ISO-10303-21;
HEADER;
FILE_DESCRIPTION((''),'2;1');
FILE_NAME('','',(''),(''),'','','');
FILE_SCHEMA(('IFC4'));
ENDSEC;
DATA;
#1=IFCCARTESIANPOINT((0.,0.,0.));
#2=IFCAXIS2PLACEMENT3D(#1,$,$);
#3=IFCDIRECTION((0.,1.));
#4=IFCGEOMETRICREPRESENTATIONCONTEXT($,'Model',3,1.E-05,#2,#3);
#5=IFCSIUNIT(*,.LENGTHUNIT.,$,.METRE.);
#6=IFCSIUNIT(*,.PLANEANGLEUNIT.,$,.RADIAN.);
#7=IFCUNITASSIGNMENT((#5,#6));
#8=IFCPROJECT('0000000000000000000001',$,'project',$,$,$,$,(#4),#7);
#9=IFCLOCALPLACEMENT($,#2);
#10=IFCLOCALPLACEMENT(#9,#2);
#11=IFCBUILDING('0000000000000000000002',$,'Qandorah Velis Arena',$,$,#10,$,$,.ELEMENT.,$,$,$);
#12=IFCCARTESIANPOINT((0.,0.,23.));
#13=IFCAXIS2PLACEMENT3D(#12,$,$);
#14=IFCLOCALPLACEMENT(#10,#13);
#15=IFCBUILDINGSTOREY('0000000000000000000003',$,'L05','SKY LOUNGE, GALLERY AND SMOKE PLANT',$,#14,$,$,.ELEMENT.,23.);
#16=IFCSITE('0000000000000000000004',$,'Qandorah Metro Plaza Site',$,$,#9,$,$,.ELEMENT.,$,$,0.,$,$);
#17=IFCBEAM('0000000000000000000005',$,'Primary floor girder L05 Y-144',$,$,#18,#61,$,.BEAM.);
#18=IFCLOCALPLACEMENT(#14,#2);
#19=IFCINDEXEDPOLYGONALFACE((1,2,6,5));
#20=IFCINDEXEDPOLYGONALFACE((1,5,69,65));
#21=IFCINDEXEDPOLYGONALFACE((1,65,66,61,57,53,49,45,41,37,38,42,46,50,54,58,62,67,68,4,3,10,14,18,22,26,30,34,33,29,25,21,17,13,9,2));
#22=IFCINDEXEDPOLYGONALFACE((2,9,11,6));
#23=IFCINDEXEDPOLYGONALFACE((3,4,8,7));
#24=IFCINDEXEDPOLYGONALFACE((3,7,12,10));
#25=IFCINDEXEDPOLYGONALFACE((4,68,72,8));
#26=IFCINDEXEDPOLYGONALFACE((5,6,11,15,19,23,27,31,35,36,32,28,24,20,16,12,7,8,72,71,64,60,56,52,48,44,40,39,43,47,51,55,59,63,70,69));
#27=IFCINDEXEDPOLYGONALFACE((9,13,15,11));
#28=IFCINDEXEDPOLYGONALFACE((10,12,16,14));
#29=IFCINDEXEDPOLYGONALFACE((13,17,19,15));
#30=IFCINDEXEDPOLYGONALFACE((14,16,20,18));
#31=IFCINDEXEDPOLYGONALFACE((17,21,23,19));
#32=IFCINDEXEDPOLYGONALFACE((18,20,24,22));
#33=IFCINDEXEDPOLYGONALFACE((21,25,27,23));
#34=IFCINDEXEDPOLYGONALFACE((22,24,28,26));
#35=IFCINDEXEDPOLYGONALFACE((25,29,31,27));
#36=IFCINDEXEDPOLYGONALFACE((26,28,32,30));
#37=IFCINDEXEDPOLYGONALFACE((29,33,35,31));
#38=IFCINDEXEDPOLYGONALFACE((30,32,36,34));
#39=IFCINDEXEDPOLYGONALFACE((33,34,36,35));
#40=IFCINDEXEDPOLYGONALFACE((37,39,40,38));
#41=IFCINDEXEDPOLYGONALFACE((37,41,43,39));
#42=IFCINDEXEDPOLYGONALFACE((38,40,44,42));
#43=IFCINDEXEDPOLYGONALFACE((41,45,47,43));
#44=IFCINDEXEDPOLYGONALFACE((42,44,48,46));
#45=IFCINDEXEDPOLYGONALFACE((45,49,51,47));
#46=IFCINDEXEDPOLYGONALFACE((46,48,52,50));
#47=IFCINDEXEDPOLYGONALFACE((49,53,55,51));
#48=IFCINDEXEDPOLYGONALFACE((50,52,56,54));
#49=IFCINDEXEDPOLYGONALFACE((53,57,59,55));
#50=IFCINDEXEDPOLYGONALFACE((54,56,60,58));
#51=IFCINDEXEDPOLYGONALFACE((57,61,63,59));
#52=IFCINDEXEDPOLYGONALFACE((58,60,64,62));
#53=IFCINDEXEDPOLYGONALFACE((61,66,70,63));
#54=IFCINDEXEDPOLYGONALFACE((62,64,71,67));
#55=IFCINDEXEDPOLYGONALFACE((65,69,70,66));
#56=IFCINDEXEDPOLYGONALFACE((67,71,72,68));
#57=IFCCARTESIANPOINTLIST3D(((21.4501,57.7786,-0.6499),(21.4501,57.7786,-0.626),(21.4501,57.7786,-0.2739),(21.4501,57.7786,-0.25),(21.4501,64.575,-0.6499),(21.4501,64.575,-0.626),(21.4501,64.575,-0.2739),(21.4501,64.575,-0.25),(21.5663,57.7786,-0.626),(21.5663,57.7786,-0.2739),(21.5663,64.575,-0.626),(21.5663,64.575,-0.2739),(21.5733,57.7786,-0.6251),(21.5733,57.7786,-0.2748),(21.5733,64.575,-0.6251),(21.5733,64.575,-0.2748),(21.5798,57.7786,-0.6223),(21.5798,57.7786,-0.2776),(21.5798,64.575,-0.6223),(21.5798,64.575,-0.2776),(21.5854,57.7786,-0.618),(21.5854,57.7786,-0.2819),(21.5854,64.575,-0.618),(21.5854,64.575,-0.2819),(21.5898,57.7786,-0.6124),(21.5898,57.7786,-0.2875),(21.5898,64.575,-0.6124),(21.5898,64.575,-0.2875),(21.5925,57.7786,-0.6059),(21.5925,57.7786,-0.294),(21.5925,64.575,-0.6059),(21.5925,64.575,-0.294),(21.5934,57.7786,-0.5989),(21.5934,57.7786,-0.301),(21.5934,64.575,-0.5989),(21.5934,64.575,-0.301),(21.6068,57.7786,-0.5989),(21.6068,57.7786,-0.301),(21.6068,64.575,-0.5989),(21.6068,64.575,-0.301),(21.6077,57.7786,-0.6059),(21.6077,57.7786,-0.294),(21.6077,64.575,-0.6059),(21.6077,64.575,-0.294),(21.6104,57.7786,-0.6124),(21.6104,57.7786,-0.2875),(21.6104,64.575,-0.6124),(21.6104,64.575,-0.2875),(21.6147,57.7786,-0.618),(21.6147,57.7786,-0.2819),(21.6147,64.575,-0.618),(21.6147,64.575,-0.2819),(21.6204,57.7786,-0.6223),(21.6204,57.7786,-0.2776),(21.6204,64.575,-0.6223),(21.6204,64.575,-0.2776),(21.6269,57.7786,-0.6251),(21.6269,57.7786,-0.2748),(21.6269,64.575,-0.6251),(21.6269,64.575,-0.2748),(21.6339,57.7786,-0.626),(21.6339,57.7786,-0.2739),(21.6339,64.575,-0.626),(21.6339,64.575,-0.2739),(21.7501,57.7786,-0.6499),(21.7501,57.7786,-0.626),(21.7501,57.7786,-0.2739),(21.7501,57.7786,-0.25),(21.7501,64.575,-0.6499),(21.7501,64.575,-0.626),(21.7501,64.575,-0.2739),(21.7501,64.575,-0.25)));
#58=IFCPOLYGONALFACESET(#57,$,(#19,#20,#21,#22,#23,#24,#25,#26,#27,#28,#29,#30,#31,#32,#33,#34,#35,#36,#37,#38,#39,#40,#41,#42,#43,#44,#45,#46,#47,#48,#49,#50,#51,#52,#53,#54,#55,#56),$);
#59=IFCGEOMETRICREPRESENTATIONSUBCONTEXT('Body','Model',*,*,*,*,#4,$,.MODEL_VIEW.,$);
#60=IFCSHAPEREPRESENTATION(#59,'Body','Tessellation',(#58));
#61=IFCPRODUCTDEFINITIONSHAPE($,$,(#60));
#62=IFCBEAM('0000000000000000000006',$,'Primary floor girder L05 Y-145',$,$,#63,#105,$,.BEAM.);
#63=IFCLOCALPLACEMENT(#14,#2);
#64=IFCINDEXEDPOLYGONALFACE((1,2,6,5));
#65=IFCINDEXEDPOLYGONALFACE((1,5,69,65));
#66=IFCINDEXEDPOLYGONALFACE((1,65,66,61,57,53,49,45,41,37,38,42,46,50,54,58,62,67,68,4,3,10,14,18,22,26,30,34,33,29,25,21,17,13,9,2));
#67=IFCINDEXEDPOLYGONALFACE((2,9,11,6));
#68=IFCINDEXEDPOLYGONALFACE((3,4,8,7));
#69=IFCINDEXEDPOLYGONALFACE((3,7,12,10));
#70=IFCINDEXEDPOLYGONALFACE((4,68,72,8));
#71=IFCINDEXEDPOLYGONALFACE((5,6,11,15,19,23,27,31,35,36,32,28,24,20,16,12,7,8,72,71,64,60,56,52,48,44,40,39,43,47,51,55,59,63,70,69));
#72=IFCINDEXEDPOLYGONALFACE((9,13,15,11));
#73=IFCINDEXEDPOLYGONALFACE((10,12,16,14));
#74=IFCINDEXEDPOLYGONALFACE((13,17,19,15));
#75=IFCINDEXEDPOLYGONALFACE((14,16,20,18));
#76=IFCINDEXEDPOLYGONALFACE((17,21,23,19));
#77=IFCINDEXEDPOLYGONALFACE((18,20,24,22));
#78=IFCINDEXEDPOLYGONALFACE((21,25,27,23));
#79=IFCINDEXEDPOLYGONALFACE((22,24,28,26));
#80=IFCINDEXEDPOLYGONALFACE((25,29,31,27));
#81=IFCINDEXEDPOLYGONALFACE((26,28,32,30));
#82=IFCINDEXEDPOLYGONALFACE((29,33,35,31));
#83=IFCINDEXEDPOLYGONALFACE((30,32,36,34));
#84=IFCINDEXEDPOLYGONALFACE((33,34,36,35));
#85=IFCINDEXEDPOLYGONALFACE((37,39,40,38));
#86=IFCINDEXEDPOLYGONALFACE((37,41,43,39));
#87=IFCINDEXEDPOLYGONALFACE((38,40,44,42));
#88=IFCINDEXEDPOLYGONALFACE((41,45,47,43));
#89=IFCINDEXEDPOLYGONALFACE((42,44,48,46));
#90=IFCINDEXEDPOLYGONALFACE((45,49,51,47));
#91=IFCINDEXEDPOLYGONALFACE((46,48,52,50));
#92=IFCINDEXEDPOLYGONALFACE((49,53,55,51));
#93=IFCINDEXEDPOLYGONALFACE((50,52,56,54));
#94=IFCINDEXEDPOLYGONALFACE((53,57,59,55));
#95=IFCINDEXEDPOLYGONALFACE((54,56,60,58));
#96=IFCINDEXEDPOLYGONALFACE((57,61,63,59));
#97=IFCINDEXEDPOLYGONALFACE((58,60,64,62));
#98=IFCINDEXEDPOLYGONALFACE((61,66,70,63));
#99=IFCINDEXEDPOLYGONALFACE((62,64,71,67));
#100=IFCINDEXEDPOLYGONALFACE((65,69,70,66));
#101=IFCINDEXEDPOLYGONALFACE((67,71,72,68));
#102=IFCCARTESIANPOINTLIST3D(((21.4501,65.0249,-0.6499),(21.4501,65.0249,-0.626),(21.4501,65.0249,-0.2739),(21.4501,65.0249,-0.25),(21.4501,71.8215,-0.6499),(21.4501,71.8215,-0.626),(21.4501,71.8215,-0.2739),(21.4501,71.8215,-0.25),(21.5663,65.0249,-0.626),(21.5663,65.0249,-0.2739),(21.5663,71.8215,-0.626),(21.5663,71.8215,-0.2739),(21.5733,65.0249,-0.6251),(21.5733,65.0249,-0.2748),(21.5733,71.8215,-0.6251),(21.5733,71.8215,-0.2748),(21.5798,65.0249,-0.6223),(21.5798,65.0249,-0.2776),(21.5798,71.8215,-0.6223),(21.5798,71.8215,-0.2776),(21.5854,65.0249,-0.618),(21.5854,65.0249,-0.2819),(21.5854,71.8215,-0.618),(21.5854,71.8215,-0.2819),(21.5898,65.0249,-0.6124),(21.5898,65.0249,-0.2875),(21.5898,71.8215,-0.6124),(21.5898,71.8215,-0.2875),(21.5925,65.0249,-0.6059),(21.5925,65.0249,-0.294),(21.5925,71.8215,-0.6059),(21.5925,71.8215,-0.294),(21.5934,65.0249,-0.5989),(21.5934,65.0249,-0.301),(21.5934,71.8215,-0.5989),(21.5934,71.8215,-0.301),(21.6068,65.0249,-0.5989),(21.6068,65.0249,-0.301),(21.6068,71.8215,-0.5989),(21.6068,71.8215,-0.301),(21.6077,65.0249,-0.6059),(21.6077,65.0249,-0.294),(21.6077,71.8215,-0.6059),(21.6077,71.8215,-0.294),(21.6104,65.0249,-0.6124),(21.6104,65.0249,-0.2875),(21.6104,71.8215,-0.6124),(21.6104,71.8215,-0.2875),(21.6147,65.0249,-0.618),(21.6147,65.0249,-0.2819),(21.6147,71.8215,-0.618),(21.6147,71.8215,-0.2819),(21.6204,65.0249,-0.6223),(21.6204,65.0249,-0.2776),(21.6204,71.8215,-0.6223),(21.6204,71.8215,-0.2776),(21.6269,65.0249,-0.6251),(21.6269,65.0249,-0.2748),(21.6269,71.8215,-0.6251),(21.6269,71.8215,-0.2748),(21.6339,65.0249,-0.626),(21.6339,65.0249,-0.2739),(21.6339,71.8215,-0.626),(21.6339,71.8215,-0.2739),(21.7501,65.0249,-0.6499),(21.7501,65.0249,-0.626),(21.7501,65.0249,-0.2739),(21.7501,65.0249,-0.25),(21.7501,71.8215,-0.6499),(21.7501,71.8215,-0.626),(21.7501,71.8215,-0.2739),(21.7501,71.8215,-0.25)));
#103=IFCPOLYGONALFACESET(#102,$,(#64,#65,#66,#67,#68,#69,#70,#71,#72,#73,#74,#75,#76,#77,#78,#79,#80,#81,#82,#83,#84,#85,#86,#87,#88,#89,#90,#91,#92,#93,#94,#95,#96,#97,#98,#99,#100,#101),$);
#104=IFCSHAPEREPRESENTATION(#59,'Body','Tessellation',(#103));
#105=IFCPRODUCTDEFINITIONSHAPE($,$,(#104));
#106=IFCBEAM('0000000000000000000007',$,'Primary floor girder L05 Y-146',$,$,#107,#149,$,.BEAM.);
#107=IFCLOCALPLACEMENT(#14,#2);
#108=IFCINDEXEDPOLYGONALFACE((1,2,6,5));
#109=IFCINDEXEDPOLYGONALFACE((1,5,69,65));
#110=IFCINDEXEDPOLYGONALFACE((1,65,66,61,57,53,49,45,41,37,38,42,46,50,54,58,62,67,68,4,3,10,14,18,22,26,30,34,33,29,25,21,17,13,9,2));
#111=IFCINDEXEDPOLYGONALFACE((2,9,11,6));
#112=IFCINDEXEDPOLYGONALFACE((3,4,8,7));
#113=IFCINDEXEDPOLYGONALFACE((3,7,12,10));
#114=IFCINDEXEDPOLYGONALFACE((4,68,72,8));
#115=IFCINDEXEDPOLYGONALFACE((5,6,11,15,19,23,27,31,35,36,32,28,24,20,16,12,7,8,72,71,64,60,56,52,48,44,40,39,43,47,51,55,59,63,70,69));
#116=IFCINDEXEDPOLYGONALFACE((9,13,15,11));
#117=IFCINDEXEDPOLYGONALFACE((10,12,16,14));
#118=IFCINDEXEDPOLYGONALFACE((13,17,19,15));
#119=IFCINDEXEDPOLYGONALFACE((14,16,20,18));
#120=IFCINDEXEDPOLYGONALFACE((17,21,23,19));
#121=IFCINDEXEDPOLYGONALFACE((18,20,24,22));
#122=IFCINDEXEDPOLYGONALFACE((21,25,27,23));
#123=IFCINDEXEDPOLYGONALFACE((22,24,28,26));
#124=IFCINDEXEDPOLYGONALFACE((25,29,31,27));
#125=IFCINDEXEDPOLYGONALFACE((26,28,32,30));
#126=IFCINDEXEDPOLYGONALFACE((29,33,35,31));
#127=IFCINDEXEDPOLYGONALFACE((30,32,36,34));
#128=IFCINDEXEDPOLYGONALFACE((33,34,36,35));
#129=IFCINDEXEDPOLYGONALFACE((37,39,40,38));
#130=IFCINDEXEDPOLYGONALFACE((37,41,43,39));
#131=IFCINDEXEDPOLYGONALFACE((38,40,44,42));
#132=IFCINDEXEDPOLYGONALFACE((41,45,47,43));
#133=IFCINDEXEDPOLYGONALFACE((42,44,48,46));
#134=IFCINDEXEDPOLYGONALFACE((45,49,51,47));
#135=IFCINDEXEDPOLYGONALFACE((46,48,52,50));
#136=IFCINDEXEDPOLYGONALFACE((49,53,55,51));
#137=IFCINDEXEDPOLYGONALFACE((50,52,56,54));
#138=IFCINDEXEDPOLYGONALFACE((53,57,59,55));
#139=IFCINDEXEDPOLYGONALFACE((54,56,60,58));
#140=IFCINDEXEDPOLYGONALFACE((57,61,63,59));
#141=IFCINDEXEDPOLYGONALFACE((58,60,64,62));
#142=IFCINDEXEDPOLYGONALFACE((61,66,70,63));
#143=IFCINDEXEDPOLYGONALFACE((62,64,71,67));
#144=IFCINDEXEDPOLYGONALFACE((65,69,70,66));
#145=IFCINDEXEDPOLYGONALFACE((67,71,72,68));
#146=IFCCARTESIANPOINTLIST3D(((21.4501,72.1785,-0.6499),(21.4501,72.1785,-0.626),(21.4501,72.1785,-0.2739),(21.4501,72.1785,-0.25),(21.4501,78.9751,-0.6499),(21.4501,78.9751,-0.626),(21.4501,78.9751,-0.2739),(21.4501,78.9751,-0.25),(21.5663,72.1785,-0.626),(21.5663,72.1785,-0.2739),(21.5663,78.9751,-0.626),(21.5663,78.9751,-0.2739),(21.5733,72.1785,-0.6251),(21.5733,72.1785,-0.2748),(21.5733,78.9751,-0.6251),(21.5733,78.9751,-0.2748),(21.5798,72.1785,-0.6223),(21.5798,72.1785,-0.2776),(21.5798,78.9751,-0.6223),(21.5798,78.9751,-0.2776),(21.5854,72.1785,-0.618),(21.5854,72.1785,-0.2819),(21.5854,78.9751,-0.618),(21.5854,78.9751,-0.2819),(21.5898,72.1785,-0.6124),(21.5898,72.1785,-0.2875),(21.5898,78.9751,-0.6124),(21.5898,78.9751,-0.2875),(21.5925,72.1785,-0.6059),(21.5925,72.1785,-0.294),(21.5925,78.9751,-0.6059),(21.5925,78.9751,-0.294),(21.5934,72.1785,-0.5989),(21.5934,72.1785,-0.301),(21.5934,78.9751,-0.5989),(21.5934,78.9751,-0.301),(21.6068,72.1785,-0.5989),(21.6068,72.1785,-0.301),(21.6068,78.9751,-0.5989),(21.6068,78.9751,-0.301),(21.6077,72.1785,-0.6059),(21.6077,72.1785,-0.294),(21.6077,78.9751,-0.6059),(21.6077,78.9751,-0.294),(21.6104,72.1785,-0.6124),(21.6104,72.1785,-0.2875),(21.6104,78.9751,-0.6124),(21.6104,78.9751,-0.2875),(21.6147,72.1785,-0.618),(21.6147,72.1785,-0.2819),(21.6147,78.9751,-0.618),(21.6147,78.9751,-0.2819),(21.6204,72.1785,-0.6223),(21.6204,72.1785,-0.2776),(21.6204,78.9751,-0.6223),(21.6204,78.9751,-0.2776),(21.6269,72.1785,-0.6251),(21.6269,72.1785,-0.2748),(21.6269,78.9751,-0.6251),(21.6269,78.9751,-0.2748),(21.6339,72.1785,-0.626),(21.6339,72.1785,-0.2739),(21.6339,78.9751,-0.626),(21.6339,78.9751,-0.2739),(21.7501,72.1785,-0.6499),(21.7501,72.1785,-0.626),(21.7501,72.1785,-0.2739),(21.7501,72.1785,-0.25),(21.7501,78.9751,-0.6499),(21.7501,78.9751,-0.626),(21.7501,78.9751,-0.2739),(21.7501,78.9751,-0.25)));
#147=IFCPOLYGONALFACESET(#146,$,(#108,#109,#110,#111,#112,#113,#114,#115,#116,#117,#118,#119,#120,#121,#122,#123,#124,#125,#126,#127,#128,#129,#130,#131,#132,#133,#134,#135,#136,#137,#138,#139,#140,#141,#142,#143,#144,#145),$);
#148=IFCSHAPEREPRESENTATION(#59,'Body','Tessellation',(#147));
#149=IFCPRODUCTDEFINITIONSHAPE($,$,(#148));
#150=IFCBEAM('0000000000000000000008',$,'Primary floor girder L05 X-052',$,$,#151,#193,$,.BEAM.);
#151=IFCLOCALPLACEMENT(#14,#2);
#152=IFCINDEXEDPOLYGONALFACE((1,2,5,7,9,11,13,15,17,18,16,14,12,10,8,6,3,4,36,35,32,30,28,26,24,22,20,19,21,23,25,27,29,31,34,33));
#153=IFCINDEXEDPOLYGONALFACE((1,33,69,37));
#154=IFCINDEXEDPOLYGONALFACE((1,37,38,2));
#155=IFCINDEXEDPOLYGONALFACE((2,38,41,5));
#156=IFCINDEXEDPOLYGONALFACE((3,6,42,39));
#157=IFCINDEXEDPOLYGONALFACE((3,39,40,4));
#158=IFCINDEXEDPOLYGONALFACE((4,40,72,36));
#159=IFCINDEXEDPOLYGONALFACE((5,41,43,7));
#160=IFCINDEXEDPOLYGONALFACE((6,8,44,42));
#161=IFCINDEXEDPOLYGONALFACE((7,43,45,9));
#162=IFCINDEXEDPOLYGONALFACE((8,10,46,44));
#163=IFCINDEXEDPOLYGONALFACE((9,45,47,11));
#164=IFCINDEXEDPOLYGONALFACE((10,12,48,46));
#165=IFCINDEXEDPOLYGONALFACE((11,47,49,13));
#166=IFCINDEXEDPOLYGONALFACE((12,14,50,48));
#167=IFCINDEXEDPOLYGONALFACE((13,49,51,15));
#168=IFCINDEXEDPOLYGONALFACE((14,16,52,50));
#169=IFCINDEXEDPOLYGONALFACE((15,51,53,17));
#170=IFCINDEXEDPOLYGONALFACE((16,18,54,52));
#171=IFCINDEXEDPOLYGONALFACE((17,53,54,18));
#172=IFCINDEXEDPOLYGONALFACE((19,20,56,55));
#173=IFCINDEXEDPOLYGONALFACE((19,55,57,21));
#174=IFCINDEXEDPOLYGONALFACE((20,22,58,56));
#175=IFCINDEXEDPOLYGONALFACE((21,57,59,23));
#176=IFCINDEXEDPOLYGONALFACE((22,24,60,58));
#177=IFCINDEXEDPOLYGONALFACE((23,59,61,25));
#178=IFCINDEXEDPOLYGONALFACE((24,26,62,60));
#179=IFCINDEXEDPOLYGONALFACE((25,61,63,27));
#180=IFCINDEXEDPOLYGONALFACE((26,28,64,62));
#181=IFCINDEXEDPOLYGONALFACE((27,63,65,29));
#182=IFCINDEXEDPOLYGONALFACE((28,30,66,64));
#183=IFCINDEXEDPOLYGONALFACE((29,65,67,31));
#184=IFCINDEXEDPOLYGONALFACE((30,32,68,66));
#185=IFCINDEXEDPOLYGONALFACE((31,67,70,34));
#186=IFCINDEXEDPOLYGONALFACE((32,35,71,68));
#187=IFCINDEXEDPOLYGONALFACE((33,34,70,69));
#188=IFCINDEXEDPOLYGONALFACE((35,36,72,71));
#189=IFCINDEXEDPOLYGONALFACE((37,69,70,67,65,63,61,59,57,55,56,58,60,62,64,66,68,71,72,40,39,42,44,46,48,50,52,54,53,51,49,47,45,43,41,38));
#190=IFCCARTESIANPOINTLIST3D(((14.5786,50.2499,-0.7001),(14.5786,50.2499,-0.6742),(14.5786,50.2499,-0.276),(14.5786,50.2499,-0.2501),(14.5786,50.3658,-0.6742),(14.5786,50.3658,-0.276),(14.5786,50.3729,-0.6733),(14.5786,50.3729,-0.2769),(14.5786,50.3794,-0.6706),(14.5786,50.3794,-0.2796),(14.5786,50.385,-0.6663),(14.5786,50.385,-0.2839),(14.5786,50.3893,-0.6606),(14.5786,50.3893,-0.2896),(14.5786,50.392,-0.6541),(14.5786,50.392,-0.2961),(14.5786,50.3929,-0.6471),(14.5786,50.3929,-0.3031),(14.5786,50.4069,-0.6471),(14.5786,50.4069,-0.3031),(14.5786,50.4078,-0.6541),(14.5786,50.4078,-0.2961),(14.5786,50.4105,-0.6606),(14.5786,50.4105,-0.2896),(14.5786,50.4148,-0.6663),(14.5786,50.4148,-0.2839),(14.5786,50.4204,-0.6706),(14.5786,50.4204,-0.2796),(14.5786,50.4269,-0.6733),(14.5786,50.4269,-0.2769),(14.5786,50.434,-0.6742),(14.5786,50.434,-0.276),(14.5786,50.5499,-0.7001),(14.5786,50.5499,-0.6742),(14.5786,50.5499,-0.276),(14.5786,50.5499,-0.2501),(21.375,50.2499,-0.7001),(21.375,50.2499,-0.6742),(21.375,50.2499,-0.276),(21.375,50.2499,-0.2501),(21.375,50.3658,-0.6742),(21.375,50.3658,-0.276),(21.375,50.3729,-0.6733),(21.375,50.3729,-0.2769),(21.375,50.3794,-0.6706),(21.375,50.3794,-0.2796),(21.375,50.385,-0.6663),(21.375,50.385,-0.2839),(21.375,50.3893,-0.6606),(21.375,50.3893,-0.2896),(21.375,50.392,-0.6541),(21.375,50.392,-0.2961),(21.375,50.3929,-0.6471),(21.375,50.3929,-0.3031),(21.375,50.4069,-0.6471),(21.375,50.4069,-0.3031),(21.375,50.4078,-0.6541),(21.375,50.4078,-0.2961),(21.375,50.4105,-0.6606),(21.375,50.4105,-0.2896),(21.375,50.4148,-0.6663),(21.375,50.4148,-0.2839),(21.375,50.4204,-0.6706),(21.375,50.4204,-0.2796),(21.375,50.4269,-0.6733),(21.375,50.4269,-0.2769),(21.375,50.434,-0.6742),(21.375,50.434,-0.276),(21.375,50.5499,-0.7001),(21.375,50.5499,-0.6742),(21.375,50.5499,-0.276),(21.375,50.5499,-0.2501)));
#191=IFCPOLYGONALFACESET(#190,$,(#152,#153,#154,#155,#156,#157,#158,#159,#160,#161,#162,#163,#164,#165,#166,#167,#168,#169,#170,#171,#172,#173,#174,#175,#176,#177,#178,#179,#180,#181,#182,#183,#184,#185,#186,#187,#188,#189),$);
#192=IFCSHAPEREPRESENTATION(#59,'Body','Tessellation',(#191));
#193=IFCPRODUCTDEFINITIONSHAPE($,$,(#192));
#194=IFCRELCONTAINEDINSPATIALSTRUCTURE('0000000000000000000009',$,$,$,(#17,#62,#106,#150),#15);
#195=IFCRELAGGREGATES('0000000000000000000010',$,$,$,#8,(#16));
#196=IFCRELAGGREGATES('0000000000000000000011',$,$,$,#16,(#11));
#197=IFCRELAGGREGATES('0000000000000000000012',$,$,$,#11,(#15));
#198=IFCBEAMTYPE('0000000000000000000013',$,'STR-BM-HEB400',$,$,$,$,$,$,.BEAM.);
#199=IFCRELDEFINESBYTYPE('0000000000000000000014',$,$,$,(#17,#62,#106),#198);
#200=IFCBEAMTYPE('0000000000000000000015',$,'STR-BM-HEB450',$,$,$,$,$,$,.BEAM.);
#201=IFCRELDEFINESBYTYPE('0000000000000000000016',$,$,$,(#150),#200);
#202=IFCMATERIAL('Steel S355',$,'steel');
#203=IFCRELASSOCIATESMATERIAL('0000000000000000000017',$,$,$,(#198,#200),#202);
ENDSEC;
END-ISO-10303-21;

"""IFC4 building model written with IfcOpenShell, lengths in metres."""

from ifc_helpers import new_model, si_unit, direction, frame, origin, origin_2d, place, context, subcontext, project, spatial, i_section, extrude, material, material_profile, profile_set, type_object, element, save


model = new_model("IFC4")

# Units and contexts
model_context = context("Model", 3, precision=1e-05, world=origin(), true_north=direction((0.0, 1.0)))
body_context = subcontext(model_context, "Body", "Model", "MODEL_VIEW")
ifc_project = project(units=[si_unit("LENGTHUNIT", "METRE"), si_unit("PLANEANGLEUNIT", "RADIAN")], contexts=[model_context])

# Site, building, storey
site_placement = place(None, origin())
site = spatial("IfcSite", under=ifc_project, at=site_placement, Name="Qandorah Metro Plaza Site", CompositionType="ELEMENT", RefElevation=0.0)
building_placement = place(site_placement, origin())
building = spatial("IfcBuilding", under=site, at=building_placement, Name="Qandorah Velis Arena", CompositionType="ELEMENT")
storey_placement = place(building_placement, frame((0.0, 0.0, 23.0)))
storey = spatial("IfcBuildingStorey", under=building, at=storey_placement, Name="L05", Description="SKY LOUNGE, GALLERY AND SMOKE PLANT", CompositionType="ELEMENT", Elevation=23.0)

# Beams
ifc_material_1 = material(Name="Steel S355", Category="steel")
ifc_material_profile_1 = material_profile(ifc_material_1, i_section(OverallWidth=0.3, OverallDepth=0.3999, WebThickness=0.0134, FlangeThickness=0.0239, FilletRadius=0.0271, at=origin_2d()), Name="HEB 400")
ifc_profile_set_1 = profile_set([ifc_material_profile_1], Name="Steel S355")
beam_type_1 = type_object("IfcBeamType", Name="STR-BM-HEB400", PredefinedType="BEAM", material=ifc_profile_set_1)
for number, where, z_axis, x_axis, name in (
    (1, (21.6001, 57.7786, -0.45), (0.0, 1.0, 0.0), (-1.0, 0.0, 0.0), "Primary floor girder L05 Y-144"),
):
    element("IfcBeam", number, at=place(storey_placement, frame(where, z_axis=z_axis, x_axis=x_axis)), inside=storey, type_object=beam_type_1, Name=name, PredefinedType="BEAM", context=body_context, shape_type="SweptSolid", body=[
        extrude(i_section(OverallWidth=0.3, OverallDepth=0.3999, WebThickness=0.0134, FlangeThickness=0.0239, FilletRadius=0.0271, at=origin_2d()), origin(), (0.0, 0.0, 1.0), 6.7964),
    ])
for number, where, z_axis, x_axis, name in (
    (2, (21.6001, 65.0249, -0.45), (0.0, 1.0, 0.0), (-1.0, 0.0, 0.0), "Primary floor girder L05 Y-145"),
    (3, (21.6001, 72.1785, -0.45), (0.0, 1.0, 0.0), (-1.0, 0.0, 0.0), "Primary floor girder L05 Y-146"),
):
    element("IfcBeam", number, at=place(storey_placement, frame(where, z_axis=z_axis, x_axis=x_axis)), inside=storey, type_object=beam_type_1, Name=name, PredefinedType="BEAM", context=body_context, shape_type="SweptSolid", body=[
        extrude(i_section(OverallWidth=0.3, OverallDepth=0.3999, WebThickness=0.0134, FlangeThickness=0.0239, FilletRadius=0.0271, at=origin_2d()), origin(), (0.0, 0.0, 1.0), 6.7966),
    ])
ifc_material_profile_2 = material_profile(ifc_material_1, i_section(OverallWidth=0.3, OverallDepth=0.45, WebThickness=0.0139, FlangeThickness=0.0259, FilletRadius=0.0271, at=origin_2d()), Name="HEB 450")
ifc_profile_set_2 = profile_set([ifc_material_profile_2], Name="Steel S355")
beam_type_2 = type_object("IfcBeamType", Name="STR-BM-HEB450", PredefinedType="BEAM", material=ifc_profile_set_2)
beam_1_placement = place(storey_placement, frame((14.5786, 50.3999, -0.4751), z_axis=(1.0, 0.0, 0.0), x_axis=(0.0, 1.0, 0.0)))
element("IfcBeam", 4, at=beam_1_placement, inside=storey, type_object=beam_type_2, Name="Primary floor girder L05 X-052", PredefinedType="BEAM", context=body_context, shape_type="SweptSolid", body=[
    extrude(i_section(OverallWidth=0.3, OverallDepth=0.45, WebThickness=0.0139, FlangeThickness=0.0259, FilletRadius=0.0271, at=origin_2d()), origin(), (0.0, 0.0, 1.0), 6.7964),
])

save(model, "model.ifc")
